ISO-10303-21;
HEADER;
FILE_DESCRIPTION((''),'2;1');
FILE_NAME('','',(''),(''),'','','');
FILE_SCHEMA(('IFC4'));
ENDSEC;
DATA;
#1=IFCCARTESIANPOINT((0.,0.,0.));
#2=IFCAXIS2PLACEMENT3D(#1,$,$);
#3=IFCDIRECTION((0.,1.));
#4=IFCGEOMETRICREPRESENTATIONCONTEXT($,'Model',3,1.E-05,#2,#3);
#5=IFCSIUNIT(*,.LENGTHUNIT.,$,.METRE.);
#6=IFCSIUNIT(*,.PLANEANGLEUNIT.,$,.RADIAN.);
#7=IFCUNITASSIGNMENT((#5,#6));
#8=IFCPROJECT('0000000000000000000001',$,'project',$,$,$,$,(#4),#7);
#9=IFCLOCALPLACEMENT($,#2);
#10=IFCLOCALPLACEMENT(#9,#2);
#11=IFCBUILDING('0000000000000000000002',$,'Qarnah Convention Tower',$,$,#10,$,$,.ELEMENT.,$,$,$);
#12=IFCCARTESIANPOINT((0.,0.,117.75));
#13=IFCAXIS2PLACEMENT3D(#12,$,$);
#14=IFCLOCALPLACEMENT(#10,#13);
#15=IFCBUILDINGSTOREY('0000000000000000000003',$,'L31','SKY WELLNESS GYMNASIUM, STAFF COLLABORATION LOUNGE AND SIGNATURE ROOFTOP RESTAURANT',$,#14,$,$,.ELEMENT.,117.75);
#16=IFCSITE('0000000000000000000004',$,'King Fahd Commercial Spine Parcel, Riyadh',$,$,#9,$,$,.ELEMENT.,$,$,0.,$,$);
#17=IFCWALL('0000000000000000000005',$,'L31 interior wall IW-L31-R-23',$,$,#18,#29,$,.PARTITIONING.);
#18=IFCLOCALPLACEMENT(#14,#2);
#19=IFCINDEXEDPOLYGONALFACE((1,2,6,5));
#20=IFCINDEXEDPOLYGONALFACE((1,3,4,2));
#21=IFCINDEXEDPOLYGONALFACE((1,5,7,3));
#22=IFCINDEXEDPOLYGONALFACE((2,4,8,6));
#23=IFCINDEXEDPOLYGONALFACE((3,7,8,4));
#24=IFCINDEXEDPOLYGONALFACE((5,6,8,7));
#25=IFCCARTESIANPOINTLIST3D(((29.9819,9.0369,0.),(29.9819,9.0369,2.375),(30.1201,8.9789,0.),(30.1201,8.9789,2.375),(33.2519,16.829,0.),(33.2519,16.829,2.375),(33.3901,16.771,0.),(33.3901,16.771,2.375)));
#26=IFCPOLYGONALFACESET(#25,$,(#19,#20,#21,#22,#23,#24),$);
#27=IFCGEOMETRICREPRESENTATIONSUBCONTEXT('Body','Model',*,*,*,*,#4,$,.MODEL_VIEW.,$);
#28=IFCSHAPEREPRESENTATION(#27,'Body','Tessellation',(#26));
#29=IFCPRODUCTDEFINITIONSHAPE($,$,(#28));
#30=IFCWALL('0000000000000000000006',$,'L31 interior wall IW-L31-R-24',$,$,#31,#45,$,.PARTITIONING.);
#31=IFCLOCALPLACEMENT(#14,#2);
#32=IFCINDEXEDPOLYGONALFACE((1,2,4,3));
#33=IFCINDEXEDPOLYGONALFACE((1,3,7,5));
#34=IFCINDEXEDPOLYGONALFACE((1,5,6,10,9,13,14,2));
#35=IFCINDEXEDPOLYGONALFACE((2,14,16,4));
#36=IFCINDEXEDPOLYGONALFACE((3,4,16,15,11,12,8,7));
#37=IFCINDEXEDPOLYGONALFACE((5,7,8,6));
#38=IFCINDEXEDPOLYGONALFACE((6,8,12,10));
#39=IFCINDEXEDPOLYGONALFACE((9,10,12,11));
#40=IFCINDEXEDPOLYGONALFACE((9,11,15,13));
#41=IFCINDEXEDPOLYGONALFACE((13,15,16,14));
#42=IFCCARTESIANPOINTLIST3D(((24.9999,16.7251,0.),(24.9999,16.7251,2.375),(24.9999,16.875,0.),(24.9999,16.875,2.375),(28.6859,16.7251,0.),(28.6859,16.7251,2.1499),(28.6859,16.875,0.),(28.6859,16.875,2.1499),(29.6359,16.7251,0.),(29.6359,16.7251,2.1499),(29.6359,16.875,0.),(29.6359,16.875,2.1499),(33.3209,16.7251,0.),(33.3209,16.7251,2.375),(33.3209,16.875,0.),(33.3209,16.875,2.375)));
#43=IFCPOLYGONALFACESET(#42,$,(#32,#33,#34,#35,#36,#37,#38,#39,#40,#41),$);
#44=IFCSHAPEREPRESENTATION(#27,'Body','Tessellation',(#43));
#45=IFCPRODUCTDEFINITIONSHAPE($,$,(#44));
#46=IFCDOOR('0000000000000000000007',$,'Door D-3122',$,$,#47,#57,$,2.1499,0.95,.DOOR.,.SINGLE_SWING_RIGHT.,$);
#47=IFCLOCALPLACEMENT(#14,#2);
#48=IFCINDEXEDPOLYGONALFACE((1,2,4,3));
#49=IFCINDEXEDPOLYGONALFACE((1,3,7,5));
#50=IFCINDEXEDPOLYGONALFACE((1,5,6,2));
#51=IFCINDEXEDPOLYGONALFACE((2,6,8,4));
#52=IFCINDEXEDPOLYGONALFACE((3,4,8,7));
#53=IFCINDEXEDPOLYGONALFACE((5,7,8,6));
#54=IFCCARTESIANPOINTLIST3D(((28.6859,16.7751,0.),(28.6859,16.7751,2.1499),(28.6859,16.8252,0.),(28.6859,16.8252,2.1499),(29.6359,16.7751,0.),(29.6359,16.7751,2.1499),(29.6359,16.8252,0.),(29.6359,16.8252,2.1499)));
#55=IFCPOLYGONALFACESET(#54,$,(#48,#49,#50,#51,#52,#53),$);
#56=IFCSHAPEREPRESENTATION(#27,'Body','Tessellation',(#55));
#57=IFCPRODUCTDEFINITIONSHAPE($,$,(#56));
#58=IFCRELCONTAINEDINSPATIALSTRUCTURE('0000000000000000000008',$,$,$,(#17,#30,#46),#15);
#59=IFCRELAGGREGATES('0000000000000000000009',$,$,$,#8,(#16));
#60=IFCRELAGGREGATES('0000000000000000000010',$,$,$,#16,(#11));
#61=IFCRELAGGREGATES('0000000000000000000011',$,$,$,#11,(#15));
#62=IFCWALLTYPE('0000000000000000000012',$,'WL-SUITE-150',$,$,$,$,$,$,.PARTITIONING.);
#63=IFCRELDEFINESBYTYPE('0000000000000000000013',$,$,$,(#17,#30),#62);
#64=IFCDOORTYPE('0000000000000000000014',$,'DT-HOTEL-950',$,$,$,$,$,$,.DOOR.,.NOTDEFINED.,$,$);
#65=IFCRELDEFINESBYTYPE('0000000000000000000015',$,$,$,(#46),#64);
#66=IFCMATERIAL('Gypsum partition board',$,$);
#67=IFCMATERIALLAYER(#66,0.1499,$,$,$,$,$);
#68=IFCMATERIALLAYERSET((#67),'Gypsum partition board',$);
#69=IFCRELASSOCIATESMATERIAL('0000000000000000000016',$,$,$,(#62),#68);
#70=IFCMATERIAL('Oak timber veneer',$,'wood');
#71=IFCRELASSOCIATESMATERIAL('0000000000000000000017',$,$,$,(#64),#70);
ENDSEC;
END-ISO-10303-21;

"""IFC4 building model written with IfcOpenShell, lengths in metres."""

from ifc_helpers import new_model, si_unit, direction, frame, frame_2d, origin, place, context, subcontext, project, spatial, rectangle, extrude, material, layer, layer_set, type_object, element, fill, save


model = new_model("IFC4")

# Units and contexts
model_context = context("Model", 3, precision=1e-05, world=origin(), true_north=direction((0.0, 1.0)))
body_context = subcontext(model_context, "Body", "Model", "MODEL_VIEW")
ifc_project = project(units=[si_unit("LENGTHUNIT", "METRE"), si_unit("PLANEANGLEUNIT", "RADIAN")], contexts=[model_context])

# Site, building, storey
site_placement = place(None, origin())
site = spatial("IfcSite", under=ifc_project, at=site_placement, Name="King Fahd Commercial Spine Parcel, Riyadh", CompositionType="ELEMENT", RefElevation=0.0)
building_placement = place(site_placement, origin())
building = spatial("IfcBuilding", under=site, at=building_placement, Name="Qarnah Convention Tower", CompositionType="ELEMENT")
storey_placement = place(building_placement, frame((0.0, 0.0, 117.75)))
storey = spatial("IfcBuildingStorey", under=building, at=storey_placement, Name="L31", Description="SKY WELLNESS GYMNASIUM, STAFF COLLABORATION LOUNGE AND SIGNATURE ROOFTOP RESTAURANT", CompositionType="ELEMENT", Elevation=117.75)

# Wall
ifc_material_1 = material(Name="Gypsum partition board")
ifc_layer_1 = layer(ifc_material_1, 0.1499)
ifc_layer_set_1 = layer_set([ifc_layer_1], Name="Gypsum partition board")
wall_type = type_object("IfcWallType", Name="WL-SUITE-150", PredefinedType="PARTITIONING", material=ifc_layer_set_1)
wall_1_placement = place(storey_placement, frame((30.051, 9.0081, 0.0), z_axis=(0.0, 0.0, 1.0), x_axis=(0.386969, 0.922093, 0.0)))
element("IfcWall", 1, at=wall_1_placement, inside=storey, type_object=wall_type, Name="L31 interior wall IW-L31-R-23", PredefinedType="PARTITIONING", context=body_context, shape_type="SweptSolid", body=[
    extrude(rectangle(XDim=8.4504, YDim=0.1499, at=frame_2d((4.2251, 0.0))), origin(), (0.0, 0.0, 1.0), 2.375),
])

# Wall, opening, door
wall_2_placement = place(storey_placement, frame((33.321, 16.8, 0.0), z_axis=(0.0, 0.0, 1.0), x_axis=(-1.0, 0.0, 0.0)))
wall_2 = element("IfcWall", 2, at=wall_2_placement, inside=storey, type_object=wall_type, Name="L31 interior wall IW-L31-R-24", PredefinedType="PARTITIONING", context=body_context, shape_type="SweptSolid", body=[
    extrude(rectangle(XDim=8.321, YDim=0.1499, at=frame_2d((4.1606, 0.0))), origin(), (0.0, 0.0, 1.0), 2.375),
])
opening_placement = place(wall_2_placement, frame((3.6851, 0.0, 0.0)))
opening = element("IfcOpeningElement", 3, at=opening_placement, cuts=wall_2, PredefinedType="OPENING", context=body_context, shape_type="SweptSolid", body=[
    extrude(rectangle(XDim=0.95, YDim=2.1499, at=frame_2d((0.4751, 1.075))), frame((0.0, 0.085, 0.0), z_axis=(0.0, -1.0, 0.0), x_axis=(1.0, 0.0, 0.0)), (0.0, 0.0, 1.0), 0.1699),
])
ifc_material_2 = material(Name="Oak timber veneer", Category="wood")
door_type = type_object("IfcDoorType", Name="DT-HOTEL-950", OperationType="NOTDEFINED", PredefinedType="DOOR", material=ifc_material_2)
door_placement = place(opening_placement, origin())
door = element("IfcDoor", 4, at=door_placement, inside=storey, type_object=door_type, Name="Door D-3122", OperationType="SINGLE_SWING_RIGHT", OverallHeight=2.1499, OverallWidth=0.95, PredefinedType="DOOR", context=body_context, shape_type="SweptSolid", body=[
    extrude(rectangle(XDim=0.95, YDim=2.1499, at=frame_2d((0.4751, 1.075))), frame((0.0, 0.0249, 0.0), z_axis=(0.0, -1.0, 0.0), x_axis=(1.0, 0.0, 0.0)), (0.0, 0.0, 1.0), 0.05),
])
fill(opening, door)

save(model, "model.ifc")
